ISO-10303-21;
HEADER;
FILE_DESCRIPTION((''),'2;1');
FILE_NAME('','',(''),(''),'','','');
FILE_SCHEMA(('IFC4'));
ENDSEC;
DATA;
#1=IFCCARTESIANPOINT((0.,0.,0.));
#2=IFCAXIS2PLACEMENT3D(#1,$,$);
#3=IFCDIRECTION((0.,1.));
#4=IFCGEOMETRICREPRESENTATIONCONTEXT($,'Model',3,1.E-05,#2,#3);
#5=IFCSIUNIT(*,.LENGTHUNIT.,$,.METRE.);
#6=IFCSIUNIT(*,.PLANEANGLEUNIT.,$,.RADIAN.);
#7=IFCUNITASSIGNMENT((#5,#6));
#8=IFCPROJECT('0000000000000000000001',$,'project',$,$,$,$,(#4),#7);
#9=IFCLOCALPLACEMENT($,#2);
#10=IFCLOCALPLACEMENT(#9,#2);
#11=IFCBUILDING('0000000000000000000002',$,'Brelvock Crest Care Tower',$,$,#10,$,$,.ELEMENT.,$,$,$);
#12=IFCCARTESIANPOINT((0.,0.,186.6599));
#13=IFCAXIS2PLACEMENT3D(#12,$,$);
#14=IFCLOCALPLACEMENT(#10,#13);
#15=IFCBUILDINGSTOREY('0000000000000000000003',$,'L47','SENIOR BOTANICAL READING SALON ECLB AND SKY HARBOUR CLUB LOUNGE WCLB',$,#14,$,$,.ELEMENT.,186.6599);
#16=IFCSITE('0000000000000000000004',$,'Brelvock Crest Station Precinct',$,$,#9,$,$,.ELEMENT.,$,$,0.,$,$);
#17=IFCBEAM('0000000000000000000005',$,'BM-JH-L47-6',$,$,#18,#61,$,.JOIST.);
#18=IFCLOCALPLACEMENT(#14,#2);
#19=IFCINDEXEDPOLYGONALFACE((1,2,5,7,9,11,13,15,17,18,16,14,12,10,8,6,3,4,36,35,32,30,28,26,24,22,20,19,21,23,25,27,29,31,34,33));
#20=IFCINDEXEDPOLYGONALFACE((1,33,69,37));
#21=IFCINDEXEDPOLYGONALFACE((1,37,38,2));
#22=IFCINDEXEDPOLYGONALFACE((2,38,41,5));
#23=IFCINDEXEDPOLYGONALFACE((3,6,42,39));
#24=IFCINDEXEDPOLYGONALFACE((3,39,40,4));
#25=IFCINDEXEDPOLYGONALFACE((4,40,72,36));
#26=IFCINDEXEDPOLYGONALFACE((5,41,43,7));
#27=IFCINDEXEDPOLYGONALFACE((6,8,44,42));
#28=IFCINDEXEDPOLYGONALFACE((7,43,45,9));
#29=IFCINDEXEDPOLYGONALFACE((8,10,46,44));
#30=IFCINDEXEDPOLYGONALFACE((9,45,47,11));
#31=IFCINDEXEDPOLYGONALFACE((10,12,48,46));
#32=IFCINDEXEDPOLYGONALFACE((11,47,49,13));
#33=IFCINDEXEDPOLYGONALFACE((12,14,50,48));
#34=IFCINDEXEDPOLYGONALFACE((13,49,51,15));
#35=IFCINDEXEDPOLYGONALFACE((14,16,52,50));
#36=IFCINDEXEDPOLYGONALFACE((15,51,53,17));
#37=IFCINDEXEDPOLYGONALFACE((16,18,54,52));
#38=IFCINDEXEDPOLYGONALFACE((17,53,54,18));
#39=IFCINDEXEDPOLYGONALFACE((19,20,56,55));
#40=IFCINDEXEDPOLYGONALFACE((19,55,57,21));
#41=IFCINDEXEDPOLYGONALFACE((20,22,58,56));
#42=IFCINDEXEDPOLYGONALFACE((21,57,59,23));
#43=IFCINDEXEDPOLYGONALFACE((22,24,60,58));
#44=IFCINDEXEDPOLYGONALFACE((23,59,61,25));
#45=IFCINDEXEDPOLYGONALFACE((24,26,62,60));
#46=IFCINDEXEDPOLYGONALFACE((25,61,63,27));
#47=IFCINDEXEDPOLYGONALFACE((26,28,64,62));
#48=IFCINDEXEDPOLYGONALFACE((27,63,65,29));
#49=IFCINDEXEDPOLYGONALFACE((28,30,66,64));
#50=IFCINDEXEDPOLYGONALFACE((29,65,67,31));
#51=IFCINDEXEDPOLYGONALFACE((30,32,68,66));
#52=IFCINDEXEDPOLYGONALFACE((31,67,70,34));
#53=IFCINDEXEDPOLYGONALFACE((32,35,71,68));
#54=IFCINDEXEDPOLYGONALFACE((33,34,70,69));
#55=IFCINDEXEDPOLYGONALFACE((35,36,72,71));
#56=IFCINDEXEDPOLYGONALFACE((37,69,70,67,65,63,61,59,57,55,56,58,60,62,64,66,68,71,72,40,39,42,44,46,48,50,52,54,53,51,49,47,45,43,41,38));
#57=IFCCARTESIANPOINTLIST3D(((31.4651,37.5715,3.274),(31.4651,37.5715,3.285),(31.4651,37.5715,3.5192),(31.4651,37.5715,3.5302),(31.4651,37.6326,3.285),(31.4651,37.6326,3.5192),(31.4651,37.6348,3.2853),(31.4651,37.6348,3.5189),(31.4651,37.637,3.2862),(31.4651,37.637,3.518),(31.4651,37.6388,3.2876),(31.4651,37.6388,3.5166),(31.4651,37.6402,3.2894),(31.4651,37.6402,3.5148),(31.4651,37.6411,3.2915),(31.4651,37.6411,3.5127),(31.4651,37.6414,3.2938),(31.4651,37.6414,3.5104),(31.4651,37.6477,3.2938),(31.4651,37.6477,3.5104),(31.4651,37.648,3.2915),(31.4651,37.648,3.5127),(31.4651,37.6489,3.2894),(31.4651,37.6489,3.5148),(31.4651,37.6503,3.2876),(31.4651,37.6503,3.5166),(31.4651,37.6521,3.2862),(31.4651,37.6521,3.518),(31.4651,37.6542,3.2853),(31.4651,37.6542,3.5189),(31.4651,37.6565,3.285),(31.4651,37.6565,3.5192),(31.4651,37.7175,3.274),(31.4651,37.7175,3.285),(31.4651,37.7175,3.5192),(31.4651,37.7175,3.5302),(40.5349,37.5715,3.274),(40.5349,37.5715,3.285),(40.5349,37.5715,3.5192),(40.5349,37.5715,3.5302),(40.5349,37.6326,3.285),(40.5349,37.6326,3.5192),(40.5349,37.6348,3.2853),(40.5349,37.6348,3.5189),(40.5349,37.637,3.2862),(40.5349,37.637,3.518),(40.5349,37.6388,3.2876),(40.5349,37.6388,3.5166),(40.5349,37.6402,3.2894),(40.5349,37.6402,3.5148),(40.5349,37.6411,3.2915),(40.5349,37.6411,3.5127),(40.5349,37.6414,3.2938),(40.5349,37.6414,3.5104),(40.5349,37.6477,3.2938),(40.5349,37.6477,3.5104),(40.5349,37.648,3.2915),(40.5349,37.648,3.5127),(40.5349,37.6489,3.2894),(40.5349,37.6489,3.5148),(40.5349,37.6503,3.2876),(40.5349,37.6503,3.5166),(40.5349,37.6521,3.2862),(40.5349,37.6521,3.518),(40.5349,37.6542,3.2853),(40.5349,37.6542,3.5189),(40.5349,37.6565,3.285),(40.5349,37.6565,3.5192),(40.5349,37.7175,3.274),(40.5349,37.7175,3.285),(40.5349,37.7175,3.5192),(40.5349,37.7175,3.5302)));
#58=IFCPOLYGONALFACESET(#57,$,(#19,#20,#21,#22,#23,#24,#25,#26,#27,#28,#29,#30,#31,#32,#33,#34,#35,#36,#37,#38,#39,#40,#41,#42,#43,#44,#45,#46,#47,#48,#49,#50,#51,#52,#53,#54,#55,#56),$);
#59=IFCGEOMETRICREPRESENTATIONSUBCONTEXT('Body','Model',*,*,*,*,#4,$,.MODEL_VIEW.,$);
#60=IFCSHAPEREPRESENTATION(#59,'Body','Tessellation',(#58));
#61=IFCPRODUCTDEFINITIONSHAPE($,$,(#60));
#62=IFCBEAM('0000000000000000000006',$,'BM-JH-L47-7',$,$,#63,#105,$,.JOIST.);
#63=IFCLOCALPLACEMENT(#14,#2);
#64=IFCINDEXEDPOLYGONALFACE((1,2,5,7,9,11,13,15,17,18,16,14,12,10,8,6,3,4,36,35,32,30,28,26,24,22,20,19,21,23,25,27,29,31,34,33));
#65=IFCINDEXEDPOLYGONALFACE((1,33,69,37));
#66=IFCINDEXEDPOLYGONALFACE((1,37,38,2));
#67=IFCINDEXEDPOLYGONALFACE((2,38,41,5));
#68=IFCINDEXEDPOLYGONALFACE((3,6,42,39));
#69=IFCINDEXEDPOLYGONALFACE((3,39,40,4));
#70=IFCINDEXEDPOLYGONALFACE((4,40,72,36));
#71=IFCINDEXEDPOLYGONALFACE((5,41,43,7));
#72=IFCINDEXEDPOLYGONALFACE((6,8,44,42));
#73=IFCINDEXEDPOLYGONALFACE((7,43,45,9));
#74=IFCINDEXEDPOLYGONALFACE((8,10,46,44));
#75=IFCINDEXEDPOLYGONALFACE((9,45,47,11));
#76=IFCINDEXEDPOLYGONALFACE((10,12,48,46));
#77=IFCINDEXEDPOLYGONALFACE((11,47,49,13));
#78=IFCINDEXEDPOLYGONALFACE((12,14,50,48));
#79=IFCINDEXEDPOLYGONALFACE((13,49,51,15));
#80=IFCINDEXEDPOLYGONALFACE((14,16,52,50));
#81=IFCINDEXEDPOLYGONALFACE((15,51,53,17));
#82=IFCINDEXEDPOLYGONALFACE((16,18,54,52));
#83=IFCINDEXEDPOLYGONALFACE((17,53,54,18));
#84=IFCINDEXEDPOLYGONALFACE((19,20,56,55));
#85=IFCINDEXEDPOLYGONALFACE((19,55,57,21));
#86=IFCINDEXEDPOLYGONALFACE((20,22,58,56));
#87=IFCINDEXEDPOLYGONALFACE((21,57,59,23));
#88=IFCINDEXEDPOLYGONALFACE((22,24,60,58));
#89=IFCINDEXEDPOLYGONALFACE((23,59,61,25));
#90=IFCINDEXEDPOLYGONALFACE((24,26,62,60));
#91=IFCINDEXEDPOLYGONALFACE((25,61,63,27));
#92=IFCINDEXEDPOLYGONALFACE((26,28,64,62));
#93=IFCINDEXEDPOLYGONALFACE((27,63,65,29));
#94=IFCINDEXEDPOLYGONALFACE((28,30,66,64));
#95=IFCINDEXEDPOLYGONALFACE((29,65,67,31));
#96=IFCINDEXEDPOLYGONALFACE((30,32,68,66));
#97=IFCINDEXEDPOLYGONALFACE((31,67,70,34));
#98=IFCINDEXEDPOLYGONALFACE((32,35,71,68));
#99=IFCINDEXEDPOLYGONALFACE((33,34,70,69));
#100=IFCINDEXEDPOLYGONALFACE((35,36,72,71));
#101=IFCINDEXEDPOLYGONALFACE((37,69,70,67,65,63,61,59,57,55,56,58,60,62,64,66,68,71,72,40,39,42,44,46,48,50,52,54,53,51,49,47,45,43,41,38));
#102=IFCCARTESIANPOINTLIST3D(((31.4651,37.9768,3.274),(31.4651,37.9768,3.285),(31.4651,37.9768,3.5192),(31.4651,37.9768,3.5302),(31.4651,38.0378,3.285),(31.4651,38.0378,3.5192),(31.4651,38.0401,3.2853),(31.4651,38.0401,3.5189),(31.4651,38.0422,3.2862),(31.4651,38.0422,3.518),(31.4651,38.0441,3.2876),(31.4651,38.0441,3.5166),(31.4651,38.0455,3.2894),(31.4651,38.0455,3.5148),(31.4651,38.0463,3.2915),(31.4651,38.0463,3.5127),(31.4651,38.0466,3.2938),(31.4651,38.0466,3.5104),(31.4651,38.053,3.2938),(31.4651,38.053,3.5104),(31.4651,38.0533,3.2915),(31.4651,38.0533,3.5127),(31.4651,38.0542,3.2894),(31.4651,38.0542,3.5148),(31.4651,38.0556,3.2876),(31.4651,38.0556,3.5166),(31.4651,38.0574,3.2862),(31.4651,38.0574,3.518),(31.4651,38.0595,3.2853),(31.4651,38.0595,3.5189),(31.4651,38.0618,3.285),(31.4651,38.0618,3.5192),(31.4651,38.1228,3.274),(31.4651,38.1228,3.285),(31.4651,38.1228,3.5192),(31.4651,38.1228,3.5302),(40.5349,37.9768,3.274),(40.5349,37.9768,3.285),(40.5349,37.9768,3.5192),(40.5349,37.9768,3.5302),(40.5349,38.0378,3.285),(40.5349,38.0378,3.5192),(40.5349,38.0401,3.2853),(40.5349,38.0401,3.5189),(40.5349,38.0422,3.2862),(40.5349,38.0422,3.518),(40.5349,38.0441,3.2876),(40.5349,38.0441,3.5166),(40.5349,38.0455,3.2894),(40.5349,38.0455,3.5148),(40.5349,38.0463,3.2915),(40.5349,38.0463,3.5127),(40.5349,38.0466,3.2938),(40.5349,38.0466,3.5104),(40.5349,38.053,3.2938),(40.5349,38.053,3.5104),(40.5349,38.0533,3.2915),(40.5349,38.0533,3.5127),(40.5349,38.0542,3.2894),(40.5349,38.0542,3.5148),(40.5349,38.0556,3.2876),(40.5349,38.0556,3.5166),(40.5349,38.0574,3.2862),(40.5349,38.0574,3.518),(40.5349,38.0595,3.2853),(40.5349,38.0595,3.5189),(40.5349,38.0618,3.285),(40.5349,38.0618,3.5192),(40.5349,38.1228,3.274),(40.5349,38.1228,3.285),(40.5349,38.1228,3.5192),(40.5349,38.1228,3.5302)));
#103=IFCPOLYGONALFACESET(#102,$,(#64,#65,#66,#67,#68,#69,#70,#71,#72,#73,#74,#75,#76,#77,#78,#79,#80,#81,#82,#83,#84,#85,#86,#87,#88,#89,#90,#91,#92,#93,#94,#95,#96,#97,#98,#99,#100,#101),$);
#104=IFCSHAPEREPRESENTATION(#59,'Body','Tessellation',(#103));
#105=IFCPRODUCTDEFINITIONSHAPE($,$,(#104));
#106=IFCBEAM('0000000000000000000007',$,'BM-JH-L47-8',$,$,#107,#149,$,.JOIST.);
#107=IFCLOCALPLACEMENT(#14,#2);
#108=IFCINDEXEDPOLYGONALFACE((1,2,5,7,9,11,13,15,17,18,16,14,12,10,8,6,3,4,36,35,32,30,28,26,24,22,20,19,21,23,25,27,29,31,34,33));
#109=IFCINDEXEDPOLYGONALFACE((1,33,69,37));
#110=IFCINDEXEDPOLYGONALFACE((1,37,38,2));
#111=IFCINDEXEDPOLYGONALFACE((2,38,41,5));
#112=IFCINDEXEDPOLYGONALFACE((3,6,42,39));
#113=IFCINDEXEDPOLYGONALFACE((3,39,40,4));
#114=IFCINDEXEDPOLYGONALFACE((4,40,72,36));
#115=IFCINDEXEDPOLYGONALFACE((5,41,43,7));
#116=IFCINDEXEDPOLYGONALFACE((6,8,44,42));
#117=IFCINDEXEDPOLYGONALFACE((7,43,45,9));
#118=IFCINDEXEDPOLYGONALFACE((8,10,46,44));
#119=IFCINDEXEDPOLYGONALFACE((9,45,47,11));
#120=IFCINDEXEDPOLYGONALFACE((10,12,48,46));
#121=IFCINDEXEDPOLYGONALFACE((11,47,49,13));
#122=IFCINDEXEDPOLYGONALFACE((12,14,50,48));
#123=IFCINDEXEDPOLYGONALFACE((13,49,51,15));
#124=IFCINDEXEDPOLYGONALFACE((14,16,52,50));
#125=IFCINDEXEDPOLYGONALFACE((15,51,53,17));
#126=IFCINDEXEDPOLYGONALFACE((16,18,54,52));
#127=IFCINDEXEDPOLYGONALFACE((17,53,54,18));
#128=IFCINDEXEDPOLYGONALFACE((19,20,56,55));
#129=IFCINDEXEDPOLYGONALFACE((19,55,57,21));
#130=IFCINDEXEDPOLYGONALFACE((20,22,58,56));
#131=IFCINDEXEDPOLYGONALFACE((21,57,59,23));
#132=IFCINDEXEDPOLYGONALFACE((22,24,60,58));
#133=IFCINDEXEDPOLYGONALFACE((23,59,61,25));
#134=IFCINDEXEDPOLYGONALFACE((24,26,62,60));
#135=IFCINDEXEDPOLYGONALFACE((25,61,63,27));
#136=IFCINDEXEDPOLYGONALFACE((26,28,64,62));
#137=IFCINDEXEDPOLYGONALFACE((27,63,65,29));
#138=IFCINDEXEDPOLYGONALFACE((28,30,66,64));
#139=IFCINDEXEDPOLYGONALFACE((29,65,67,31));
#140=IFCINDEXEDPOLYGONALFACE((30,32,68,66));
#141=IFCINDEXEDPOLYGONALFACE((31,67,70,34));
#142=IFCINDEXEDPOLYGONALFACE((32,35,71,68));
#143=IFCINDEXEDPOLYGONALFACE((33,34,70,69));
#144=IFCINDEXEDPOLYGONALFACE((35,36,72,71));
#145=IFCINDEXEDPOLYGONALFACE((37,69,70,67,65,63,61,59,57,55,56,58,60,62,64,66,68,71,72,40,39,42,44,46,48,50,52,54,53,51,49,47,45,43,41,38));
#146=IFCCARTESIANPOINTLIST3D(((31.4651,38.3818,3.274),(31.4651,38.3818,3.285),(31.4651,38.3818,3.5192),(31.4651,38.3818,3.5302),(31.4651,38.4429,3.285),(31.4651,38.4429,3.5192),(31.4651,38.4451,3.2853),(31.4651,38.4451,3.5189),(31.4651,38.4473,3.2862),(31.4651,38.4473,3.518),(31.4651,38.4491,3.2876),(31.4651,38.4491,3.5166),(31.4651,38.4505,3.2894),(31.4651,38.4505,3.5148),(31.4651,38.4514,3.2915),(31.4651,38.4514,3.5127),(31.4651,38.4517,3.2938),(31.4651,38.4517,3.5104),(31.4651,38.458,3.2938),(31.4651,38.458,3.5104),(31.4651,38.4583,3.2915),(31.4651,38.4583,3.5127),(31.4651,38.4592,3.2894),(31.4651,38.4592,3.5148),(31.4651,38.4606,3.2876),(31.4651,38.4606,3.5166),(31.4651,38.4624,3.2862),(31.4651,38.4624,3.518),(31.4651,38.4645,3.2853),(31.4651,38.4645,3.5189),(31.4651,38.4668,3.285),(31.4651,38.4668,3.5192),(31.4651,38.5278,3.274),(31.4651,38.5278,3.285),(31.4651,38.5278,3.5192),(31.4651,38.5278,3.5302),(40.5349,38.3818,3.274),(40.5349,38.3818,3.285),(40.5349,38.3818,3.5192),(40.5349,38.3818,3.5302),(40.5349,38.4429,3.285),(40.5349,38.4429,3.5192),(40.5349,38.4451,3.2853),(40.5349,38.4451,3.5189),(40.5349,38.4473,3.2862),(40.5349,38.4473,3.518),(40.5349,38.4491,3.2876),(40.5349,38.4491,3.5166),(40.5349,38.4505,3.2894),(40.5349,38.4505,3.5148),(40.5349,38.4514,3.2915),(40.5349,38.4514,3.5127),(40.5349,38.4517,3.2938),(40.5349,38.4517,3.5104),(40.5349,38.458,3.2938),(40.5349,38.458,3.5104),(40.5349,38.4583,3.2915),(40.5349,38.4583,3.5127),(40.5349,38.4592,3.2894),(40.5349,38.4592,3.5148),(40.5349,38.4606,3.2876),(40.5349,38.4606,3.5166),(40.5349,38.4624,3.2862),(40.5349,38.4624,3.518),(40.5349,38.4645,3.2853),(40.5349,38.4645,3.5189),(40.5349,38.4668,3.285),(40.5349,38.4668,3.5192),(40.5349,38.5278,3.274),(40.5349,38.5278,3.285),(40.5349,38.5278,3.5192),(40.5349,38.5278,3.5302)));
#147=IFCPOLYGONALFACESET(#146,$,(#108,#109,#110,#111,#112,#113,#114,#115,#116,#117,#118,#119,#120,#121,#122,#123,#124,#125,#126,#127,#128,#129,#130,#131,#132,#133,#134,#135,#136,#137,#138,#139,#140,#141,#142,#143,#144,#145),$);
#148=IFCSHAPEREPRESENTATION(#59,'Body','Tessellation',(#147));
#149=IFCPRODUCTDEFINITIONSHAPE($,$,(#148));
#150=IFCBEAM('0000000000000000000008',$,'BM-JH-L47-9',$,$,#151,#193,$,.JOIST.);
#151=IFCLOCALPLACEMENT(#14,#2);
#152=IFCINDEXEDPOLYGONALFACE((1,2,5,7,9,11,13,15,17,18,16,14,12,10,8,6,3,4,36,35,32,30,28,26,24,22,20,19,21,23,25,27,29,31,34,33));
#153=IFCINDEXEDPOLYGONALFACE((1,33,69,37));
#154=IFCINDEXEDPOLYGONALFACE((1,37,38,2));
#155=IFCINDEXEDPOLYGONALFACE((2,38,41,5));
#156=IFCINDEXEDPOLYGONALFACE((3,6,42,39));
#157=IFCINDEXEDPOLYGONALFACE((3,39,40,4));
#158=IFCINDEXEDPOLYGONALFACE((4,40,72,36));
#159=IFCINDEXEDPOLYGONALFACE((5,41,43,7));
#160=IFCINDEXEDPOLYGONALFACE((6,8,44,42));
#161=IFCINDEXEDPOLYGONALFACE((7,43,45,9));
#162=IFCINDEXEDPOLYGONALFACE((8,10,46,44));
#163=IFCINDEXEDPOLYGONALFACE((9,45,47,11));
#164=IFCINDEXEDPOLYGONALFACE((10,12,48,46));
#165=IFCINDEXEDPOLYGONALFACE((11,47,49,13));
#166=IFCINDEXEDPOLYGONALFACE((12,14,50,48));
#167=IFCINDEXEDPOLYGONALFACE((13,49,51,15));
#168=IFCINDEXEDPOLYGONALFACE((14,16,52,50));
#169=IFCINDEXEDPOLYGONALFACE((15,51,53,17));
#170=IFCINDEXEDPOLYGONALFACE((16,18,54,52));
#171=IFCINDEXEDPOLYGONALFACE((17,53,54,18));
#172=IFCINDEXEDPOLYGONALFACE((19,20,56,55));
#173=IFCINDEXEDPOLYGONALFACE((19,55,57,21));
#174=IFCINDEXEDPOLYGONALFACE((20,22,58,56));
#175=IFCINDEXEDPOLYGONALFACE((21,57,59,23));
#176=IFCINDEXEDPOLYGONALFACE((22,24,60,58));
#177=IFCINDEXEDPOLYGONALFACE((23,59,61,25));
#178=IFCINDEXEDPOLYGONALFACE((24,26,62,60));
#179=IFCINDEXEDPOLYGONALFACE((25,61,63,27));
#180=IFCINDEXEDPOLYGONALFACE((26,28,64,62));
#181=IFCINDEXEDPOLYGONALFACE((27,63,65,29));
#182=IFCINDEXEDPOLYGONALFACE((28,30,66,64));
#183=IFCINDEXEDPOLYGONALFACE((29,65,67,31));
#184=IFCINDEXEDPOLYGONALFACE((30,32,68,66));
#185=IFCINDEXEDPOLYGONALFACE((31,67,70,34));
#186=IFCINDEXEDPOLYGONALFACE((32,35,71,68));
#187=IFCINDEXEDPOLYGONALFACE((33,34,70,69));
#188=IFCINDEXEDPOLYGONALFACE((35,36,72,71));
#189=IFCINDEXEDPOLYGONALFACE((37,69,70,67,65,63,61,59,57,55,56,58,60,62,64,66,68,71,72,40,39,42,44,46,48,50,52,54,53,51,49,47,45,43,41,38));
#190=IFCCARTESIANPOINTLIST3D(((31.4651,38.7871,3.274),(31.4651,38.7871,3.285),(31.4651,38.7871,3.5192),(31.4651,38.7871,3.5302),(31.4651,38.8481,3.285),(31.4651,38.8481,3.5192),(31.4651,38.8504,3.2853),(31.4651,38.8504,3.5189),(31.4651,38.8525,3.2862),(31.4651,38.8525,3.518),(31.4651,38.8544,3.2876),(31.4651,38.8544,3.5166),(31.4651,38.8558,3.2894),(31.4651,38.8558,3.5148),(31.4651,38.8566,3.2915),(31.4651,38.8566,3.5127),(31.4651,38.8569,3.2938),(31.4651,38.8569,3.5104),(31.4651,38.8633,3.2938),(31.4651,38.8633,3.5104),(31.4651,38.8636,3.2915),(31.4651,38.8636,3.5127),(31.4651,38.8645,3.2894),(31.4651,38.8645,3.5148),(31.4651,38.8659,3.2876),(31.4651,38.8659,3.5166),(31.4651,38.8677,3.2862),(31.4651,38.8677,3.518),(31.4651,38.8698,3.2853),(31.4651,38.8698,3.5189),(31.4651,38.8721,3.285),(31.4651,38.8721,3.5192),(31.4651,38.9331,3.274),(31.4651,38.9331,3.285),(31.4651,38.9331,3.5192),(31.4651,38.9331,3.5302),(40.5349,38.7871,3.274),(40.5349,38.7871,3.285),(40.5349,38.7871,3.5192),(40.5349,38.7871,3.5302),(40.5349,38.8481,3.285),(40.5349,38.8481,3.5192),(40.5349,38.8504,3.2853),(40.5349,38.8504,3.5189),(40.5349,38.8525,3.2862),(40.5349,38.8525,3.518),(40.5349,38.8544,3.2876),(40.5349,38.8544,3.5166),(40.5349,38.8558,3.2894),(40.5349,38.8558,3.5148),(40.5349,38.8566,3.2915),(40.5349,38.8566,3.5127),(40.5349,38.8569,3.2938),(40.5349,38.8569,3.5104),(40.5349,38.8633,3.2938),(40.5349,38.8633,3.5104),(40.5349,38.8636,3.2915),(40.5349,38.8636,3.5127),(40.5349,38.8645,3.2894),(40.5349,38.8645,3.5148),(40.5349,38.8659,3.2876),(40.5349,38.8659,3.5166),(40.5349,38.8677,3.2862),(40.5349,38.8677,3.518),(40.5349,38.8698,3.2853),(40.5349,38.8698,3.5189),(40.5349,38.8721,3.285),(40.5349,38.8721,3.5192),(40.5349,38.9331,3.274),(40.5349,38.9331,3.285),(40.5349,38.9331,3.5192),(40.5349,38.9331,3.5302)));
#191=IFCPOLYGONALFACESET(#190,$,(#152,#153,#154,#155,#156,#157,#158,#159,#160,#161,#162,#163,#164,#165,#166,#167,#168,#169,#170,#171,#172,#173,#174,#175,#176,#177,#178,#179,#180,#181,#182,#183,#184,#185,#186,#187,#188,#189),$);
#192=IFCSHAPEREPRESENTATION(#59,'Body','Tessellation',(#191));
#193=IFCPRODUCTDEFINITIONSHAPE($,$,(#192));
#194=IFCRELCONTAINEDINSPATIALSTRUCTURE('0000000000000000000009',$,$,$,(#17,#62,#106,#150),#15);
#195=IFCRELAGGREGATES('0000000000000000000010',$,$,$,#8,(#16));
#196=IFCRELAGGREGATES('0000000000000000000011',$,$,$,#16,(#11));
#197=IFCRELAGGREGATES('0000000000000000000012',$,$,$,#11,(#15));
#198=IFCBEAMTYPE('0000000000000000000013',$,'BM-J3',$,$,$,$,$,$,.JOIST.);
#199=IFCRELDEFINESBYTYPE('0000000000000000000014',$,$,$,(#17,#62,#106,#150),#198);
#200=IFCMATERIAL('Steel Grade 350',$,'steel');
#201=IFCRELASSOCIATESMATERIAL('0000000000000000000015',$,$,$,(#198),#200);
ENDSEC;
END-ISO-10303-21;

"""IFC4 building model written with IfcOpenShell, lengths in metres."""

from ifc_helpers import new_model, si_unit, direction, frame, origin, origin_2d, place, context, subcontext, project, spatial, i_section, extrude, source, transform, mapped, material, material_profile, profile_set, type_object, element, save


model = new_model("IFC4")

# Units and contexts
model_context = context("Model", 3, precision=1e-05, world=origin(), true_north=direction((0.0, 1.0)))
body_context = subcontext(model_context, "Body", "Model", "MODEL_VIEW")
ifc_project = project(units=[si_unit("LENGTHUNIT", "METRE"), si_unit("PLANEANGLEUNIT", "RADIAN")], contexts=[model_context])

# Site, building, storey
site_placement = place(None, origin())
site = spatial("IfcSite", under=ifc_project, at=site_placement, Name="Brelvock Crest Station Precinct", CompositionType="ELEMENT", RefElevation=0.0)
building_placement = place(site_placement, origin())
building = spatial("IfcBuilding", under=site, at=building_placement, Name="Brelvock Crest Care Tower", CompositionType="ELEMENT")
storey_placement = place(building_placement, frame((0.0, 0.0, 186.6599)))
storey = spatial("IfcBuildingStorey", under=building, at=storey_placement, Name="L47", Description="SENIOR BOTANICAL READING SALON ECLB AND SKY HARBOUR CLUB LOUNGE WCLB", CompositionType="ELEMENT", Elevation=186.6599)

# Beams
ifc_material = material(Name="Steel Grade 350", Category="steel")
ifc_material_profile_1 = material_profile(ifc_material, i_section(OverallWidth=0.146, OverallDepth=0.2561, WebThickness=0.0063, FlangeThickness=0.011, FilletRadius=0.0088, at=origin_2d()), Name="250UB37.3")
ifc_profile_set_1 = profile_set([ifc_material_profile_1], Name="Steel Grade 350")
beam_type_1 = type_object("IfcBeamType", Name="BM-J3", PredefinedType="JOIST", material=ifc_profile_set_1)
shared_shape_1 = source(origin(), body_context, "Body", "SweptSolid", [
    extrude(i_section(OverallWidth=0.146, OverallDepth=0.2561, WebThickness=0.0063, FlangeThickness=0.011, FilletRadius=0.0088, at=origin_2d()), origin(), (0.0, 0.0, 1.0), 9.0698),
])
for number, where, z_axis, x_axis, name in (
    (1, (31.4651, 37.6445, 3.4021), (1.0, 0.0, 0.0), (0.0, 1.0, 0.0), "BM-JH-L47-6"),
    (2, (31.4651, 38.0498, 3.4021), (1.0, 0.0, 0.0), (0.0, 1.0, 0.0), "BM-JH-L47-7"),
    (3, (31.4651, 38.4548, 3.4021), (1.0, 0.0, 0.0), (0.0, 1.0, 0.0), "BM-JH-L47-8"),
    (4, (31.4651, 38.8601, 3.4021), (1.0, 0.0, 0.0), (0.0, 1.0, 0.0), "BM-JH-L47-9"),
):
    element("IfcBeam", number, at=place(storey_placement, frame(where, z_axis=z_axis, x_axis=x_axis)), inside=storey, type_object=beam_type_1, Name=name, PredefinedType="JOIST", context=body_context, shape_type="MappedRepresentation", body=[
        mapped(shared_shape_1, transform((0.0, 0.0, 0.0), x_axis=(1.0, 0.0, 0.0), y_axis=(0.0, 1.0, 0.0), z_axis=(0.0, 0.0, 1.0), scale=1.0)),
    ])

save(model, "model.ifc")
